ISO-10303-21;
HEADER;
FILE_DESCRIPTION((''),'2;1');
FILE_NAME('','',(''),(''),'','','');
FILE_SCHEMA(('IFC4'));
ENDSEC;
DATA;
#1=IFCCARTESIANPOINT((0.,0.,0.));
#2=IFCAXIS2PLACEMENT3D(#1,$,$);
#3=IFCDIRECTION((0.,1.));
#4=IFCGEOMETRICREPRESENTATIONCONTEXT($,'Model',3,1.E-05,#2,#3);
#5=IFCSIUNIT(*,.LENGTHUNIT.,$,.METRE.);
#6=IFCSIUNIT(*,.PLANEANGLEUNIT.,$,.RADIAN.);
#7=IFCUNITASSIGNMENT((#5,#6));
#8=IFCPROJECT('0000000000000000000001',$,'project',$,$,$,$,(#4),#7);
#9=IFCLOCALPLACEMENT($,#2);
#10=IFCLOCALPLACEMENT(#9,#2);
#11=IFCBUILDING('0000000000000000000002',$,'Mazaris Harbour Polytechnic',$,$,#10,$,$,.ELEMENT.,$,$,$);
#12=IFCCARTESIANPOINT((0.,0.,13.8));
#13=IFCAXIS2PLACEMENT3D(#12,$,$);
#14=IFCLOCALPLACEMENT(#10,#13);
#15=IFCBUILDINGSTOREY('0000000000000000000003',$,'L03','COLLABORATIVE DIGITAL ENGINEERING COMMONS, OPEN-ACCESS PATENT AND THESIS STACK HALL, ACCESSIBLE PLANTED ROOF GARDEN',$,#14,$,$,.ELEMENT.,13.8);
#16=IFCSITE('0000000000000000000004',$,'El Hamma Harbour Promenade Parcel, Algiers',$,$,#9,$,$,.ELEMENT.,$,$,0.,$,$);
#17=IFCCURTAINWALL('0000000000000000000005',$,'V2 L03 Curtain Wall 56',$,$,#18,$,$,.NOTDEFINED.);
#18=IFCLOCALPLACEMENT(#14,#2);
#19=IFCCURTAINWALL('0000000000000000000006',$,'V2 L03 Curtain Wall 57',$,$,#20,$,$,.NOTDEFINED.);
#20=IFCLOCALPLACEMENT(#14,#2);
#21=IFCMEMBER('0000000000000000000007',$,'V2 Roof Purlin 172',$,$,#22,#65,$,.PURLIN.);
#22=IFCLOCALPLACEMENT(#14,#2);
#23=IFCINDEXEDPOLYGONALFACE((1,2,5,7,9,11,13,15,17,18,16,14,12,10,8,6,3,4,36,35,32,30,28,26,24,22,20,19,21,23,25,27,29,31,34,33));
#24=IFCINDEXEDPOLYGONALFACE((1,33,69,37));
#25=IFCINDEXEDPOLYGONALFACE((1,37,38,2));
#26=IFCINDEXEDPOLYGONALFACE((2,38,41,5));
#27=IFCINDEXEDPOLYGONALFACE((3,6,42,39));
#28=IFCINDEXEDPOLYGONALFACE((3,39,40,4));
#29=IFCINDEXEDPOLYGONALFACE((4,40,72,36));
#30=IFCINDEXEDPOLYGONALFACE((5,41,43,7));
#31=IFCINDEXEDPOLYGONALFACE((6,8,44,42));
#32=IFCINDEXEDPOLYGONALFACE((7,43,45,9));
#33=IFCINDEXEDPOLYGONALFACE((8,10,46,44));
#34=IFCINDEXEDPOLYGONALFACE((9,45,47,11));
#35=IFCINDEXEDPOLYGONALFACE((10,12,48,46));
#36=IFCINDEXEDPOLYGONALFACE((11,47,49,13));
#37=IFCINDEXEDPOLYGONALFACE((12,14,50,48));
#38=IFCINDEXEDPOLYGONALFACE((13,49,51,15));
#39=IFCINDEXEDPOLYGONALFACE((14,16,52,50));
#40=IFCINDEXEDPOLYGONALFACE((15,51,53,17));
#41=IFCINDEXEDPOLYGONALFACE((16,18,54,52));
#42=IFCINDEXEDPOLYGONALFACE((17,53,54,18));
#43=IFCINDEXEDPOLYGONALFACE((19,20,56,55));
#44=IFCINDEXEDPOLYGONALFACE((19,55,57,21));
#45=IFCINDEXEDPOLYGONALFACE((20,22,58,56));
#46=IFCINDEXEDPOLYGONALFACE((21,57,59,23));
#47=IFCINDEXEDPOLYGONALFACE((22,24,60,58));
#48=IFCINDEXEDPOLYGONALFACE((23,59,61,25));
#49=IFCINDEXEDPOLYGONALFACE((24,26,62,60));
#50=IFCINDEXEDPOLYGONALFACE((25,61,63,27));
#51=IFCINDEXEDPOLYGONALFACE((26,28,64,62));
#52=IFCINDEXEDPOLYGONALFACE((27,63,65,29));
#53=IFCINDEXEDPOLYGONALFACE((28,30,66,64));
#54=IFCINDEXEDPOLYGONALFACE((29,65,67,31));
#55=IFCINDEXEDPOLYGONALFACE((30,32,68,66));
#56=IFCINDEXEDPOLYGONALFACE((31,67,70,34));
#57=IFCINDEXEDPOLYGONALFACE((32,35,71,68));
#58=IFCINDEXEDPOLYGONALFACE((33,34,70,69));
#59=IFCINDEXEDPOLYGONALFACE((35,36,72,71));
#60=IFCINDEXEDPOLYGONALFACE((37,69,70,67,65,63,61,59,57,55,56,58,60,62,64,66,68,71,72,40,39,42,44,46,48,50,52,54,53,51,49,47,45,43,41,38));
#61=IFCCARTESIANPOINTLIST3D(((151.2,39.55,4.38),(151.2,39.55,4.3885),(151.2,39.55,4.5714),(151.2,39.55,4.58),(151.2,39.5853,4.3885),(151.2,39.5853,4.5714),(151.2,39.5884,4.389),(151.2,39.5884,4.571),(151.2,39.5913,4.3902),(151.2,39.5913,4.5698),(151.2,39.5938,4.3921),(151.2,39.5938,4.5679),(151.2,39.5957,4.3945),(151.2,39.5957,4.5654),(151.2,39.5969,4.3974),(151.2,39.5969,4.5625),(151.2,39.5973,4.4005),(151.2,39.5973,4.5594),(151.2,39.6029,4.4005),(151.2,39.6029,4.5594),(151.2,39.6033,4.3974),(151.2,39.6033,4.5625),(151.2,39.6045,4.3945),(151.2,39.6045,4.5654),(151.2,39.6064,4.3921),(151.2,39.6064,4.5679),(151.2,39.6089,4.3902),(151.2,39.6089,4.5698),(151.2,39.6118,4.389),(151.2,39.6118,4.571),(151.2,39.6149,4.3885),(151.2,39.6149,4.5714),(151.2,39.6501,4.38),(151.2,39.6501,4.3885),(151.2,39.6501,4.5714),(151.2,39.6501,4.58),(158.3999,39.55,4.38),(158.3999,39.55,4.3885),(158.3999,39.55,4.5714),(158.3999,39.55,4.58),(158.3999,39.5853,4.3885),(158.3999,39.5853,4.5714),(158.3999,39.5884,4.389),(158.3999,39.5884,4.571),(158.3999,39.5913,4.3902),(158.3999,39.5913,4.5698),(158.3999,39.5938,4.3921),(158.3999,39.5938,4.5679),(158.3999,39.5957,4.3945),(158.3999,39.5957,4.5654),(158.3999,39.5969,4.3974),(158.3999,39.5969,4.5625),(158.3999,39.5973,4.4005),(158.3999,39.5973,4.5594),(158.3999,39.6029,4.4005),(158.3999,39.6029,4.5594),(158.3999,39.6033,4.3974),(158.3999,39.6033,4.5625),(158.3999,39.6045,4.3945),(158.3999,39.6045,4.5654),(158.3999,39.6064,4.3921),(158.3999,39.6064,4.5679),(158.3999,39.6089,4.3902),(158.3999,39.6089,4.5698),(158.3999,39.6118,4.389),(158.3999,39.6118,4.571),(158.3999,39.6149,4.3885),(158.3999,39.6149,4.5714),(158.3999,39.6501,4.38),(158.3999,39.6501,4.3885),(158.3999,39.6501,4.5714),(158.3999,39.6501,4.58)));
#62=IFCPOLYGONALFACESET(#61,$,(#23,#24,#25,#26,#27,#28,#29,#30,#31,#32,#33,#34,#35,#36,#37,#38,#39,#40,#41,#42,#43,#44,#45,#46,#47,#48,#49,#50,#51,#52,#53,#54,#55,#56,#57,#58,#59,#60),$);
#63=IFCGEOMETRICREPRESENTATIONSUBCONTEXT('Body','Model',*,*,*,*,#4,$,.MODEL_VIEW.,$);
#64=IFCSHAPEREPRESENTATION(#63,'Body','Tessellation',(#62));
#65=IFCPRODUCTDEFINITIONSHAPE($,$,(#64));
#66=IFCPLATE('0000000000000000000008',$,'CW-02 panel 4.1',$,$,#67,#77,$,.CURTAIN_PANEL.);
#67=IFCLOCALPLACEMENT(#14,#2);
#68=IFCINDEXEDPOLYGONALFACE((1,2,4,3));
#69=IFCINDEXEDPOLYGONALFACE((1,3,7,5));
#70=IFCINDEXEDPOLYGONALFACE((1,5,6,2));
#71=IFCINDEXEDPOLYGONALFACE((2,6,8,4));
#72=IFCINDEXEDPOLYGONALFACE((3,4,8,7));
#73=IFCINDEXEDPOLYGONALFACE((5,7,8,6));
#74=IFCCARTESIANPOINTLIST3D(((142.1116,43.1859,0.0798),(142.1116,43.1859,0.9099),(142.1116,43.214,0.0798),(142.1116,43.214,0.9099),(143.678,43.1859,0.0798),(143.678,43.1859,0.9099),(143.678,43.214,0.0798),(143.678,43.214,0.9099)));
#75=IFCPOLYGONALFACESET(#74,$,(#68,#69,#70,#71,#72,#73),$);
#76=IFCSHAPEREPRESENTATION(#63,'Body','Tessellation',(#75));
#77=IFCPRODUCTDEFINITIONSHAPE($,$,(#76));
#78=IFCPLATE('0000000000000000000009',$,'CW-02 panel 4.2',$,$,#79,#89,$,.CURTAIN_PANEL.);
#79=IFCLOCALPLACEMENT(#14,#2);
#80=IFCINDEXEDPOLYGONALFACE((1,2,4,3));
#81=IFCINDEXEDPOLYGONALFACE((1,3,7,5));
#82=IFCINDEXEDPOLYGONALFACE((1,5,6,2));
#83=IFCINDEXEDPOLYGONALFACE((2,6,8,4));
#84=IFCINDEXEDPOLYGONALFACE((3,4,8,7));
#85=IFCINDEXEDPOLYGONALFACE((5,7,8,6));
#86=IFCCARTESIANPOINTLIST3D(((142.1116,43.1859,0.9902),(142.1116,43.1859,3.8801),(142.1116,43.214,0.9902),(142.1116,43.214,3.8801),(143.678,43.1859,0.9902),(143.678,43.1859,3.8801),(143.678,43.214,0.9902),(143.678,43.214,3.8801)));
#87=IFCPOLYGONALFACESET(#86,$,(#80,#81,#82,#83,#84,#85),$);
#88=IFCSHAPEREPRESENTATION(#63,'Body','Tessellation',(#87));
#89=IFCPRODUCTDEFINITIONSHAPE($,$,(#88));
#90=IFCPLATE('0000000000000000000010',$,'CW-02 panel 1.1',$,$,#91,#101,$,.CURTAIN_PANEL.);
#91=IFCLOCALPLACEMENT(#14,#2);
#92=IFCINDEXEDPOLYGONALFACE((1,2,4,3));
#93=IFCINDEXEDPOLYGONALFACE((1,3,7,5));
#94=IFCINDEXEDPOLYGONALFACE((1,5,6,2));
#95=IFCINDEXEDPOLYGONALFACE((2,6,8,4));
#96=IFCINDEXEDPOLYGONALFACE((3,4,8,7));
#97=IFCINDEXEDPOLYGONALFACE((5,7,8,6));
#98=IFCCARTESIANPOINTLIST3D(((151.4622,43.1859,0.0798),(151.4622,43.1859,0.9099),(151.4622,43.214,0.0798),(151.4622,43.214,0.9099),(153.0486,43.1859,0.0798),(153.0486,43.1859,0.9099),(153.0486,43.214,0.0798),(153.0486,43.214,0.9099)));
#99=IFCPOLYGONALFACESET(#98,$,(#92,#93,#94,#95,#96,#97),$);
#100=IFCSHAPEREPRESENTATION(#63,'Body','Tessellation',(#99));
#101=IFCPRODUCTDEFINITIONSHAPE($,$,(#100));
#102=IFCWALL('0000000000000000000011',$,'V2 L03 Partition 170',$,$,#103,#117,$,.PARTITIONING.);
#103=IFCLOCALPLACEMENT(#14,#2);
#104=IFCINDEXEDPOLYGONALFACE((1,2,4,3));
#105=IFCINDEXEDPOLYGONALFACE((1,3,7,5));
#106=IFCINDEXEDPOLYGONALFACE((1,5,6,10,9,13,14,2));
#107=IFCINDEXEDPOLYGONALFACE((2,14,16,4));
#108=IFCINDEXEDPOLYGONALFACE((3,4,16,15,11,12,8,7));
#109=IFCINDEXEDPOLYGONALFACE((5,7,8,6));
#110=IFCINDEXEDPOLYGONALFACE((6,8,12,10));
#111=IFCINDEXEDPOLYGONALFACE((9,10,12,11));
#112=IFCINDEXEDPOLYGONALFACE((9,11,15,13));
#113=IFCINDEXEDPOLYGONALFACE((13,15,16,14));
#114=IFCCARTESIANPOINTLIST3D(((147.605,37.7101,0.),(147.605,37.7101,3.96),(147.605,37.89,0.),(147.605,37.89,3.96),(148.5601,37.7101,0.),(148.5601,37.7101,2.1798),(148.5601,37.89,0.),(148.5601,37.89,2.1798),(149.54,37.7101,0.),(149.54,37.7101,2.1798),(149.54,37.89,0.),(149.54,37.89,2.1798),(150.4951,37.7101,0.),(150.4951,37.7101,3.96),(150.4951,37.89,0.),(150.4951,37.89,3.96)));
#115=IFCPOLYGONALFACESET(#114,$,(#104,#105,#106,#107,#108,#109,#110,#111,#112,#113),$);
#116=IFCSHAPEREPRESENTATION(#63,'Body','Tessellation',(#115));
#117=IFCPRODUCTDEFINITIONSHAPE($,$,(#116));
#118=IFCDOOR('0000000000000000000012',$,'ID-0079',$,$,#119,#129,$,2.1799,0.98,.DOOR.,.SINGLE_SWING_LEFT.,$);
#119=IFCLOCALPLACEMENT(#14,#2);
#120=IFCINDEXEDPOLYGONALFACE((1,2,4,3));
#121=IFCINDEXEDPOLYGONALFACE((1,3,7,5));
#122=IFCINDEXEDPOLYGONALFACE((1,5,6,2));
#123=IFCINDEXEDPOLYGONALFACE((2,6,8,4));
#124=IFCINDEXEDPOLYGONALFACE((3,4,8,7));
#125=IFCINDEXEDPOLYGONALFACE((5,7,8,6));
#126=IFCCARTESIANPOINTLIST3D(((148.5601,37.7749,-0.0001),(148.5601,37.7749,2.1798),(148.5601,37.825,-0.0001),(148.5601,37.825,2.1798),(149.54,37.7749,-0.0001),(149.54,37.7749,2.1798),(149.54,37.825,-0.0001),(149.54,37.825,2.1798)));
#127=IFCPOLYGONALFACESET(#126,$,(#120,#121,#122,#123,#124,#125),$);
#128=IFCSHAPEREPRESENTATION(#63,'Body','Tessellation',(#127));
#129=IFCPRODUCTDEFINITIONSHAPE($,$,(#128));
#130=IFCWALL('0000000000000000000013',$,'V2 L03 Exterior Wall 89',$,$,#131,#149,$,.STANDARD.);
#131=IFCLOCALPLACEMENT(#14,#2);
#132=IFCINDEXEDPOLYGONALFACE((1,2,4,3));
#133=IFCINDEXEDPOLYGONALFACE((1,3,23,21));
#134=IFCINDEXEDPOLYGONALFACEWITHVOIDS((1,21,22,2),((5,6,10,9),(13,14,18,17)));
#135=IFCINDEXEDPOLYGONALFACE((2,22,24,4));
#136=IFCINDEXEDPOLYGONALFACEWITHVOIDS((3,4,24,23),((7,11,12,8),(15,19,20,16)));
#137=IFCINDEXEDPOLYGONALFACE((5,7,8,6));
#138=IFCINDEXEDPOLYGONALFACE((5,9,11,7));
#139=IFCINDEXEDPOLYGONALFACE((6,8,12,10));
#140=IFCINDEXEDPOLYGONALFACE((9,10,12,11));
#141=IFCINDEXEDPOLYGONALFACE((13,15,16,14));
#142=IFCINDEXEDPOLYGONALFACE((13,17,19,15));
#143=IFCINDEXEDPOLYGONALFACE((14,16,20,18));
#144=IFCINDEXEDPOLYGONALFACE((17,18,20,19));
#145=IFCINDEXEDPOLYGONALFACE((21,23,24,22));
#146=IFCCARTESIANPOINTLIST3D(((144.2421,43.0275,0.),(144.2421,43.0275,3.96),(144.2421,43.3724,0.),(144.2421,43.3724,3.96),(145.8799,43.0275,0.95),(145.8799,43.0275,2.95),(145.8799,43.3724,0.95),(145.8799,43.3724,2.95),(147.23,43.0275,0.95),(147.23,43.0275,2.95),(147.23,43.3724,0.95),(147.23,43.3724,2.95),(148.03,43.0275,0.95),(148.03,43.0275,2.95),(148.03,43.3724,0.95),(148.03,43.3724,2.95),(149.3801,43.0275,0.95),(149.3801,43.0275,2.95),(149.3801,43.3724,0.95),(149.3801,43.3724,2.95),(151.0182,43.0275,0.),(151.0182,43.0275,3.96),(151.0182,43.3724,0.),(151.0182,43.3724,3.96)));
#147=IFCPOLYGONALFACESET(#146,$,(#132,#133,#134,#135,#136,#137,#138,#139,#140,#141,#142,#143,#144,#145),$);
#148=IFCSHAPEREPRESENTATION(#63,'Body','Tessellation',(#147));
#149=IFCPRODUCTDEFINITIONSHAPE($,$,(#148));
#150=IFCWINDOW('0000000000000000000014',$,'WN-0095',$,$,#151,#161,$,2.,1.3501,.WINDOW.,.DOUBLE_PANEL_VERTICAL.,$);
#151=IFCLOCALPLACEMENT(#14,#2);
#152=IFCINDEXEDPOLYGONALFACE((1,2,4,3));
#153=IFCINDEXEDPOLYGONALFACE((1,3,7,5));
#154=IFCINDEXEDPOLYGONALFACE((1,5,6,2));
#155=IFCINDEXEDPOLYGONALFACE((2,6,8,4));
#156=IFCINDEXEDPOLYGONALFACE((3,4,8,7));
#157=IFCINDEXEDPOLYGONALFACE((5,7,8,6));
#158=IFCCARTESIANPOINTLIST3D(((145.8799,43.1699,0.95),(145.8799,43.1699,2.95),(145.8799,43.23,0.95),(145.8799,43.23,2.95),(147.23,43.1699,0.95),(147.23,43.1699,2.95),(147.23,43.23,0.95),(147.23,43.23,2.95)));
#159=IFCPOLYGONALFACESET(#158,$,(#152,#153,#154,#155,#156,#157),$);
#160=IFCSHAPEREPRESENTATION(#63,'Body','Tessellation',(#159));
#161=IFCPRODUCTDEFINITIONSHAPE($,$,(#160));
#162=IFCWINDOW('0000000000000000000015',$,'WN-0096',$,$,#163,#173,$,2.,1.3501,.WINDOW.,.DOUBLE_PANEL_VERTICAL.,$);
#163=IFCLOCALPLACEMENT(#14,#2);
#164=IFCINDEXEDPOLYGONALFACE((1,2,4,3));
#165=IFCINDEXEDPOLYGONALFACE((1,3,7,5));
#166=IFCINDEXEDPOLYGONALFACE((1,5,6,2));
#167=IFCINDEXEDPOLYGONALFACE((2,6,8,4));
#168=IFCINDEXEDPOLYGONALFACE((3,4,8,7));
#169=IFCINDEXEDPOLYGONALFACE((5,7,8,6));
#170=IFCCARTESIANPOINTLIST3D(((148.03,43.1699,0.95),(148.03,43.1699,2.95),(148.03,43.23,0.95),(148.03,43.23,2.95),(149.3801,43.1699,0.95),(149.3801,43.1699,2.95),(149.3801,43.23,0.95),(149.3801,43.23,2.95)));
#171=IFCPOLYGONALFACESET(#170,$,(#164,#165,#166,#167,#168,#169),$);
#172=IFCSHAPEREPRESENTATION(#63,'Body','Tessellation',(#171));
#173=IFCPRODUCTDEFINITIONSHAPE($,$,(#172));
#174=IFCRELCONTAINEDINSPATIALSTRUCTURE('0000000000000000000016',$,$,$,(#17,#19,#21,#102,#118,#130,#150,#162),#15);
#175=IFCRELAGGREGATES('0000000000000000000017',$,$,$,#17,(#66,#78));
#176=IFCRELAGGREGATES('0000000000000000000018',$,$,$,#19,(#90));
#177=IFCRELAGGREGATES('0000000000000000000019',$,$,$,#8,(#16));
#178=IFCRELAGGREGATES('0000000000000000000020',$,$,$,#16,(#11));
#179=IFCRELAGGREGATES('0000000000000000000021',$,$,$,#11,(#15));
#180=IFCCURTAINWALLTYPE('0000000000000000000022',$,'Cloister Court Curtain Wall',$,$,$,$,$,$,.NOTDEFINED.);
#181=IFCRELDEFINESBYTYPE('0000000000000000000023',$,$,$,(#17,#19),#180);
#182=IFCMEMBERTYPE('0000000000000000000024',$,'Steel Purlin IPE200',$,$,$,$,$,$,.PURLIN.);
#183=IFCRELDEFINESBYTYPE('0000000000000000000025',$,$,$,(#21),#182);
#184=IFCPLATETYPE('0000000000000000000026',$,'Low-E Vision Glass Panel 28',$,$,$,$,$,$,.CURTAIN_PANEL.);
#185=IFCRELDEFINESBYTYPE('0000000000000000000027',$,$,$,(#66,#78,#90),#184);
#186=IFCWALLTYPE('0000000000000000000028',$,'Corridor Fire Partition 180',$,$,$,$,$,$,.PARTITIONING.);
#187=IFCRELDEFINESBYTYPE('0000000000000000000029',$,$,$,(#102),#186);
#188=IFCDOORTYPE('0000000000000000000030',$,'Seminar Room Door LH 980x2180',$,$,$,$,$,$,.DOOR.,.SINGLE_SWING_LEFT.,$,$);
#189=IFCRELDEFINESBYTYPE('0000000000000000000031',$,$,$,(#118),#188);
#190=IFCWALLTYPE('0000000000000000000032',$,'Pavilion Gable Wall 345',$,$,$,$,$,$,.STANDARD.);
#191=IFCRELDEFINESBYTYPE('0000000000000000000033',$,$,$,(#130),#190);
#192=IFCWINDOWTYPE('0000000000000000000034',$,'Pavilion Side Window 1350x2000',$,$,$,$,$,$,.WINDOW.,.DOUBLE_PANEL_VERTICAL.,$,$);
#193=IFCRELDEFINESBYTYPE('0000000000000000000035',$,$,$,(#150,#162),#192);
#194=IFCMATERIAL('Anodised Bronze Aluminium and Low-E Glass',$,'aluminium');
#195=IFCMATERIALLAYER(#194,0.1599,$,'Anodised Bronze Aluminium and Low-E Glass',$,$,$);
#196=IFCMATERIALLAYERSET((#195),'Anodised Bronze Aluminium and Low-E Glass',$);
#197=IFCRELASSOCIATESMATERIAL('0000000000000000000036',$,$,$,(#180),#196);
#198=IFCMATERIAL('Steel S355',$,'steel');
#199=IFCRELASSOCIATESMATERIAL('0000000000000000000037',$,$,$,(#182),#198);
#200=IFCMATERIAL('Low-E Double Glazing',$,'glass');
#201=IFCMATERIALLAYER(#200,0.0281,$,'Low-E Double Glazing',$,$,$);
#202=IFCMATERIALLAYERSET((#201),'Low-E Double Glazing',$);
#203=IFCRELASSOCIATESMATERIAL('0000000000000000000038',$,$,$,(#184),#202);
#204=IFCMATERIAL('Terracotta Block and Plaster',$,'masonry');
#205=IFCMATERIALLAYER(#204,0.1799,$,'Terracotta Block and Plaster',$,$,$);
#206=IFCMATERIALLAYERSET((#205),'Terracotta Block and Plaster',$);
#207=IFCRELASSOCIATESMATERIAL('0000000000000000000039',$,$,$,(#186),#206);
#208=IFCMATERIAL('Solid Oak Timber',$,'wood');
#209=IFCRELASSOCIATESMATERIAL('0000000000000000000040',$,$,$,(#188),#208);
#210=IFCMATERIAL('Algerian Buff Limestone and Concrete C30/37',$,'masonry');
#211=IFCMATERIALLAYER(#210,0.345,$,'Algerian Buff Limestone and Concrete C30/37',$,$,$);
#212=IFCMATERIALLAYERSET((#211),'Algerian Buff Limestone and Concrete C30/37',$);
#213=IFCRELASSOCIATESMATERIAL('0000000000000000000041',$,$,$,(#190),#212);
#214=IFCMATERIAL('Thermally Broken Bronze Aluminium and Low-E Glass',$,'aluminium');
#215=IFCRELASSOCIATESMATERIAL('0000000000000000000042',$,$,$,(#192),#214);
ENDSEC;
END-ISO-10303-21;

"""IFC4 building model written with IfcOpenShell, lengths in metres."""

from ifc_helpers import new_model, si_unit, direction, frame, frame_2d, origin, origin_2d, place, context, subcontext, project, spatial, rectangle, i_section, extrude, material, layer, layer_set, material_profile, profile_set, type_object, element, fill, aggregate, save


model = new_model("IFC4")

# Units and contexts
model_context = context("Model", 3, precision=1e-05, world=origin(), true_north=direction((0.0, 1.0)))
body_context = subcontext(model_context, "Body", "Model", "MODEL_VIEW")
ifc_project = project(units=[si_unit("LENGTHUNIT", "METRE"), si_unit("PLANEANGLEUNIT", "RADIAN")], contexts=[model_context])

# Site, building, storey
site_placement = place(None, origin())
site = spatial("IfcSite", under=ifc_project, at=site_placement, Name="El Hamma Harbour Promenade Parcel, Algiers", CompositionType="ELEMENT", RefElevation=0.0)
building_placement = place(site_placement, origin())
building = spatial("IfcBuilding", under=site, at=building_placement, Name="Mazaris Harbour Polytechnic", CompositionType="ELEMENT")
storey_placement = place(building_placement, frame((0.0, 0.0, 13.8)))
storey = spatial("IfcBuildingStorey", under=building, at=storey_placement, Name="L03", Description="COLLABORATIVE DIGITAL ENGINEERING COMMONS, OPEN-ACCESS PATENT AND THESIS STACK HALL, ACCESSIBLE PLANTED ROOF GARDEN", CompositionType="ELEMENT", Elevation=13.8)

# Curtain wall
ifc_material_1 = material(Name="Anodised Bronze Aluminium and Low-E Glass", Category="aluminium")
ifc_layer_1 = layer(ifc_material_1, 0.1599, Name="Anodised Bronze Aluminium and Low-E Glass")
ifc_layer_set_1 = layer_set([ifc_layer_1], Name="Anodised Bronze Aluminium and Low-E Glass")
curtain_wall_type = type_object("IfcCurtainWallType", Name="Cloister Court Curtain Wall", PredefinedType="NOTDEFINED", material=ifc_layer_set_1)
curtain_wall_1_placement = place(storey_placement, origin())
curtain_wall_1 = element("IfcCurtainWall", 1, at=curtain_wall_1_placement, inside=storey, type_object=curtain_wall_type, Name="V2 L03 Curtain Wall 56", PredefinedType="NOTDEFINED")

# Curtain wall
curtain_wall_2_placement = place(storey_placement, origin())
curtain_wall_2 = element("IfcCurtainWall", 2, at=curtain_wall_2_placement, inside=storey, type_object=curtain_wall_type, Name="V2 L03 Curtain Wall 57", PredefinedType="NOTDEFINED")

# Member
ifc_material_2 = material(Name="Steel S355", Category="steel")
ifc_material_profile_1 = material_profile(ifc_material_2, i_section(OverallWidth=0.1001, OverallDepth=0.2, WebThickness=0.0056, FlangeThickness=0.0085, FilletRadius=0.012, at=origin_2d()), Name="IPE 200")
ifc_profile_set_1 = profile_set([ifc_material_profile_1], Name="Steel S355")
member_type_1 = type_object("IfcMemberType", Name="Steel Purlin IPE200", PredefinedType="PURLIN", material=ifc_profile_set_1)
for number, where, z_axis, x_axis, name in (
    (3, (151.2, 39.6001, 4.48), (1.0, 0.0, 0.0), (0.0, 1.0, 0.0), "V2 Roof Purlin 172"),
):
    element("IfcMember", number, at=place(storey_placement, frame(where, z_axis=z_axis, x_axis=x_axis)), inside=storey, type_object=member_type_1, Name=name, PredefinedType="PURLIN", context=body_context, shape_type="SweptSolid", body=[
        extrude(i_section(OverallWidth=0.1001, OverallDepth=0.2, WebThickness=0.0056, FlangeThickness=0.0085, FilletRadius=0.012, at=origin_2d()), origin(), (0.0, 0.0, 1.0), 7.2),
    ])

# Plates
ifc_material_3 = material(Name="Low-E Double Glazing", Category="glass")
ifc_layer_2 = layer(ifc_material_3, 0.0281, Name="Low-E Double Glazing")
ifc_layer_set_2 = layer_set([ifc_layer_2], Name="Low-E Double Glazing")
plate_type = type_object("IfcPlateType", Name="Low-E Vision Glass Panel 28", PredefinedType="CURTAIN_PANEL", material=ifc_layer_set_2)
plate_1_placement = place(storey_placement, frame((142.8948, 43.2, 0.0798), z_axis=(0.0, 0.0, 1.0), x_axis=(1.0, 0.0, 0.0)))
plate_1 = element("IfcPlate", 4, at=plate_1_placement, type_object=plate_type, Name="CW-02 panel 4.1", PredefinedType="CURTAIN_PANEL", context=body_context, shape_type="SweptSolid", body=[
    extrude(rectangle(XDim=1.5664, YDim=0.0281, at=origin_2d()), origin(), (0.0, 0.0, 1.0), 0.8301),
])
plate_2_placement = place(storey_placement, frame((142.8948, 43.2, 0.9902), z_axis=(0.0, 0.0, 1.0), x_axis=(1.0, 0.0, 0.0)))
plate_2 = element("IfcPlate", 5, at=plate_2_placement, type_object=plate_type, Name="CW-02 panel 4.2", PredefinedType="CURTAIN_PANEL", context=body_context, shape_type="SweptSolid", body=[
    extrude(rectangle(XDim=1.5664, YDim=0.0281, at=origin_2d()), origin(), (0.0, 0.0, 1.0), 2.8899),
])
aggregate(curtain_wall_1, [plate_1, plate_2])
plate_3_placement = place(storey_placement, frame((152.2554, 43.2, 0.0798), z_axis=(0.0, 0.0, 1.0), x_axis=(1.0, 0.0, 0.0)))
plate_3 = element("IfcPlate", 6, at=plate_3_placement, type_object=plate_type, Name="CW-02 panel 1.1", PredefinedType="CURTAIN_PANEL", context=body_context, shape_type="SweptSolid", body=[
    extrude(rectangle(XDim=1.5864, YDim=0.0281, at=origin_2d()), origin(), (0.0, 0.0, 1.0), 0.8301),
])
aggregate(curtain_wall_2, [plate_3])

# Wall, opening, door
ifc_material_4 = material(Name="Terracotta Block and Plaster", Category="masonry")
ifc_layer_3 = layer(ifc_material_4, 0.1799, Name="Terracotta Block and Plaster")
ifc_layer_set_3 = layer_set([ifc_layer_3], Name="Terracotta Block and Plaster")
wall_type_1 = type_object("IfcWallType", Name="Corridor Fire Partition 180", PredefinedType="PARTITIONING", material=ifc_layer_set_3)
wall_1_placement = place(storey_placement, frame((147.605, 37.8, 0.0), z_axis=(0.0, 0.0, 1.0), x_axis=(1.0, 0.0, 0.0)))
wall_1 = element("IfcWall", 7, at=wall_1_placement, inside=storey, type_object=wall_type_1, Name="V2 L03 Partition 170", PredefinedType="PARTITIONING", context=body_context, shape_type="SweptSolid", body=[
    extrude(rectangle(XDim=2.8901, YDim=0.1799, at=frame_2d((1.4451, 0.0))), origin(), (0.0, 0.0, 1.0), 3.96),
])
opening_1_placement = place(wall_1_placement, frame((0.9551, 0.0, 0.0)))
opening_1 = element("IfcOpeningElement", 8, at=opening_1_placement, cuts=wall_1, PredefinedType="OPENING", context=body_context, shape_type="SweptSolid", body=[
    extrude(rectangle(XDim=0.98, YDim=2.1799, at=frame_2d((0.49, 1.0898))), frame((0.0, 0.0999, 0.0), z_axis=(0.0, -1.0, 0.0), x_axis=(1.0, 0.0, 0.0)), (0.0, 0.0, 1.0), 0.2),
])
ifc_material_5 = material(Name="Solid Oak Timber", Category="wood")
door_type_1 = type_object("IfcDoorType", Name="Seminar Room Door LH 980x2180", OperationType="SINGLE_SWING_LEFT", PredefinedType="DOOR", material=ifc_material_5)
door_1_placement = place(opening_1_placement, origin())
door_1 = element("IfcDoor", 9, at=door_1_placement, inside=storey, type_object=door_type_1, Name="ID-0079", OperationType="SINGLE_SWING_LEFT", OverallHeight=2.1799, OverallWidth=0.98, PredefinedType="DOOR", context=body_context, shape_type="SweptSolid", body=[
    extrude(rectangle(XDim=0.98, YDim=2.1799, at=frame_2d((0.49, 1.0898))), frame((0.0, 0.0249, 0.0), z_axis=(0.0, -1.0, 0.0), x_axis=(1.0, 0.0, 0.0)), (0.0, 0.0, 1.0), 0.05),
])
fill(opening_1, door_1)

# Wall, openings, windows
ifc_material_6 = material(Name="Algerian Buff Limestone and Concrete C30/37", Category="masonry")
ifc_layer_4 = layer(ifc_material_6, 0.345, Name="Algerian Buff Limestone and Concrete C30/37")
ifc_layer_set_4 = layer_set([ifc_layer_4], Name="Algerian Buff Limestone and Concrete C30/37")
wall_type_2 = type_object("IfcWallType", Name="Pavilion Gable Wall 345", PredefinedType="STANDARD", material=ifc_layer_set_4)
wall_2_placement = place(storey_placement, frame((144.2419, 43.2, 0.0), z_axis=(0.0, 0.0, 1.0), x_axis=(1.0, 0.0, 0.0)))
wall_2 = element("IfcWall", 10, at=wall_2_placement, inside=storey, type_object=wall_type_2, Name="V2 L03 Exterior Wall 89", PredefinedType="STANDARD", context=body_context, shape_type="SweptSolid", body=[
    extrude(rectangle(XDim=6.7761, YDim=0.345, at=frame_2d((3.3882, 0.0))), origin(), (0.0, 0.0, 1.0), 3.96),
])
opening_2_placement = place(wall_2_placement, frame((1.6379, 0.0, 0.95)))
opening_2 = element("IfcOpeningElement", 11, at=opening_2_placement, cuts=wall_2, PredefinedType="OPENING", context=body_context, shape_type="SweptSolid", body=[
    extrude(rectangle(XDim=1.3501, YDim=2.0, at=frame_2d((0.675, 1.0))), frame((0.0, 0.1824, 0.0), z_axis=(0.0, -1.0, 0.0), x_axis=(1.0, 0.0, 0.0)), (0.0, 0.0, 1.0), 0.365),
])
opening_3_placement = place(wall_2_placement, frame((3.7881, 0.0, 0.95)))
opening_3 = element("IfcOpeningElement", 12, at=opening_3_placement, cuts=wall_2, PredefinedType="OPENING", context=body_context, shape_type="SweptSolid", body=[
    extrude(rectangle(XDim=1.3501, YDim=2.0, at=frame_2d((0.675, 1.0))), frame((0.0, 0.1824, 0.0), z_axis=(0.0, -1.0, 0.0), x_axis=(1.0, 0.0, 0.0)), (0.0, 0.0, 1.0), 0.365),
])
ifc_material_7 = material(Name="Thermally Broken Bronze Aluminium and Low-E Glass", Category="aluminium")
window_type = type_object("IfcWindowType", Name="Pavilion Side Window 1350x2000", PartitioningType="DOUBLE_PANEL_VERTICAL", PredefinedType="WINDOW", material=ifc_material_7)
window_1_placement = place(opening_2_placement, origin())
window_1 = element("IfcWindow", 13, at=window_1_placement, inside=storey, type_object=window_type, Name="WN-0095", OverallHeight=2.0, OverallWidth=1.3501, PartitioningType="DOUBLE_PANEL_VERTICAL", PredefinedType="WINDOW", context=body_context, shape_type="SweptSolid", body=[
    extrude(rectangle(XDim=1.3501, YDim=2.0, at=frame_2d((0.675, 1.0))), frame((0.0, 0.03, 0.0), z_axis=(0.0, -1.0, 0.0), x_axis=(1.0, 0.0, 0.0)), (0.0, 0.0, 1.0), 0.0601),
])
fill(opening_2, window_1)
window_2_placement = place(opening_3_placement, origin())
window_2 = element("IfcWindow", 14, at=window_2_placement, inside=storey, type_object=window_type, Name="WN-0096", OverallHeight=2.0, OverallWidth=1.3501, PartitioningType="DOUBLE_PANEL_VERTICAL", PredefinedType="WINDOW", context=body_context, shape_type="SweptSolid", body=[
    extrude(rectangle(XDim=1.3501, YDim=2.0, at=frame_2d((0.675, 1.0))), frame((0.0, 0.03, 0.0), z_axis=(0.0, -1.0, 0.0), x_axis=(1.0, 0.0, 0.0)), (0.0, 0.0, 1.0), 0.0601),
])
fill(opening_3, window_2)

save(model, "model.ifc")
